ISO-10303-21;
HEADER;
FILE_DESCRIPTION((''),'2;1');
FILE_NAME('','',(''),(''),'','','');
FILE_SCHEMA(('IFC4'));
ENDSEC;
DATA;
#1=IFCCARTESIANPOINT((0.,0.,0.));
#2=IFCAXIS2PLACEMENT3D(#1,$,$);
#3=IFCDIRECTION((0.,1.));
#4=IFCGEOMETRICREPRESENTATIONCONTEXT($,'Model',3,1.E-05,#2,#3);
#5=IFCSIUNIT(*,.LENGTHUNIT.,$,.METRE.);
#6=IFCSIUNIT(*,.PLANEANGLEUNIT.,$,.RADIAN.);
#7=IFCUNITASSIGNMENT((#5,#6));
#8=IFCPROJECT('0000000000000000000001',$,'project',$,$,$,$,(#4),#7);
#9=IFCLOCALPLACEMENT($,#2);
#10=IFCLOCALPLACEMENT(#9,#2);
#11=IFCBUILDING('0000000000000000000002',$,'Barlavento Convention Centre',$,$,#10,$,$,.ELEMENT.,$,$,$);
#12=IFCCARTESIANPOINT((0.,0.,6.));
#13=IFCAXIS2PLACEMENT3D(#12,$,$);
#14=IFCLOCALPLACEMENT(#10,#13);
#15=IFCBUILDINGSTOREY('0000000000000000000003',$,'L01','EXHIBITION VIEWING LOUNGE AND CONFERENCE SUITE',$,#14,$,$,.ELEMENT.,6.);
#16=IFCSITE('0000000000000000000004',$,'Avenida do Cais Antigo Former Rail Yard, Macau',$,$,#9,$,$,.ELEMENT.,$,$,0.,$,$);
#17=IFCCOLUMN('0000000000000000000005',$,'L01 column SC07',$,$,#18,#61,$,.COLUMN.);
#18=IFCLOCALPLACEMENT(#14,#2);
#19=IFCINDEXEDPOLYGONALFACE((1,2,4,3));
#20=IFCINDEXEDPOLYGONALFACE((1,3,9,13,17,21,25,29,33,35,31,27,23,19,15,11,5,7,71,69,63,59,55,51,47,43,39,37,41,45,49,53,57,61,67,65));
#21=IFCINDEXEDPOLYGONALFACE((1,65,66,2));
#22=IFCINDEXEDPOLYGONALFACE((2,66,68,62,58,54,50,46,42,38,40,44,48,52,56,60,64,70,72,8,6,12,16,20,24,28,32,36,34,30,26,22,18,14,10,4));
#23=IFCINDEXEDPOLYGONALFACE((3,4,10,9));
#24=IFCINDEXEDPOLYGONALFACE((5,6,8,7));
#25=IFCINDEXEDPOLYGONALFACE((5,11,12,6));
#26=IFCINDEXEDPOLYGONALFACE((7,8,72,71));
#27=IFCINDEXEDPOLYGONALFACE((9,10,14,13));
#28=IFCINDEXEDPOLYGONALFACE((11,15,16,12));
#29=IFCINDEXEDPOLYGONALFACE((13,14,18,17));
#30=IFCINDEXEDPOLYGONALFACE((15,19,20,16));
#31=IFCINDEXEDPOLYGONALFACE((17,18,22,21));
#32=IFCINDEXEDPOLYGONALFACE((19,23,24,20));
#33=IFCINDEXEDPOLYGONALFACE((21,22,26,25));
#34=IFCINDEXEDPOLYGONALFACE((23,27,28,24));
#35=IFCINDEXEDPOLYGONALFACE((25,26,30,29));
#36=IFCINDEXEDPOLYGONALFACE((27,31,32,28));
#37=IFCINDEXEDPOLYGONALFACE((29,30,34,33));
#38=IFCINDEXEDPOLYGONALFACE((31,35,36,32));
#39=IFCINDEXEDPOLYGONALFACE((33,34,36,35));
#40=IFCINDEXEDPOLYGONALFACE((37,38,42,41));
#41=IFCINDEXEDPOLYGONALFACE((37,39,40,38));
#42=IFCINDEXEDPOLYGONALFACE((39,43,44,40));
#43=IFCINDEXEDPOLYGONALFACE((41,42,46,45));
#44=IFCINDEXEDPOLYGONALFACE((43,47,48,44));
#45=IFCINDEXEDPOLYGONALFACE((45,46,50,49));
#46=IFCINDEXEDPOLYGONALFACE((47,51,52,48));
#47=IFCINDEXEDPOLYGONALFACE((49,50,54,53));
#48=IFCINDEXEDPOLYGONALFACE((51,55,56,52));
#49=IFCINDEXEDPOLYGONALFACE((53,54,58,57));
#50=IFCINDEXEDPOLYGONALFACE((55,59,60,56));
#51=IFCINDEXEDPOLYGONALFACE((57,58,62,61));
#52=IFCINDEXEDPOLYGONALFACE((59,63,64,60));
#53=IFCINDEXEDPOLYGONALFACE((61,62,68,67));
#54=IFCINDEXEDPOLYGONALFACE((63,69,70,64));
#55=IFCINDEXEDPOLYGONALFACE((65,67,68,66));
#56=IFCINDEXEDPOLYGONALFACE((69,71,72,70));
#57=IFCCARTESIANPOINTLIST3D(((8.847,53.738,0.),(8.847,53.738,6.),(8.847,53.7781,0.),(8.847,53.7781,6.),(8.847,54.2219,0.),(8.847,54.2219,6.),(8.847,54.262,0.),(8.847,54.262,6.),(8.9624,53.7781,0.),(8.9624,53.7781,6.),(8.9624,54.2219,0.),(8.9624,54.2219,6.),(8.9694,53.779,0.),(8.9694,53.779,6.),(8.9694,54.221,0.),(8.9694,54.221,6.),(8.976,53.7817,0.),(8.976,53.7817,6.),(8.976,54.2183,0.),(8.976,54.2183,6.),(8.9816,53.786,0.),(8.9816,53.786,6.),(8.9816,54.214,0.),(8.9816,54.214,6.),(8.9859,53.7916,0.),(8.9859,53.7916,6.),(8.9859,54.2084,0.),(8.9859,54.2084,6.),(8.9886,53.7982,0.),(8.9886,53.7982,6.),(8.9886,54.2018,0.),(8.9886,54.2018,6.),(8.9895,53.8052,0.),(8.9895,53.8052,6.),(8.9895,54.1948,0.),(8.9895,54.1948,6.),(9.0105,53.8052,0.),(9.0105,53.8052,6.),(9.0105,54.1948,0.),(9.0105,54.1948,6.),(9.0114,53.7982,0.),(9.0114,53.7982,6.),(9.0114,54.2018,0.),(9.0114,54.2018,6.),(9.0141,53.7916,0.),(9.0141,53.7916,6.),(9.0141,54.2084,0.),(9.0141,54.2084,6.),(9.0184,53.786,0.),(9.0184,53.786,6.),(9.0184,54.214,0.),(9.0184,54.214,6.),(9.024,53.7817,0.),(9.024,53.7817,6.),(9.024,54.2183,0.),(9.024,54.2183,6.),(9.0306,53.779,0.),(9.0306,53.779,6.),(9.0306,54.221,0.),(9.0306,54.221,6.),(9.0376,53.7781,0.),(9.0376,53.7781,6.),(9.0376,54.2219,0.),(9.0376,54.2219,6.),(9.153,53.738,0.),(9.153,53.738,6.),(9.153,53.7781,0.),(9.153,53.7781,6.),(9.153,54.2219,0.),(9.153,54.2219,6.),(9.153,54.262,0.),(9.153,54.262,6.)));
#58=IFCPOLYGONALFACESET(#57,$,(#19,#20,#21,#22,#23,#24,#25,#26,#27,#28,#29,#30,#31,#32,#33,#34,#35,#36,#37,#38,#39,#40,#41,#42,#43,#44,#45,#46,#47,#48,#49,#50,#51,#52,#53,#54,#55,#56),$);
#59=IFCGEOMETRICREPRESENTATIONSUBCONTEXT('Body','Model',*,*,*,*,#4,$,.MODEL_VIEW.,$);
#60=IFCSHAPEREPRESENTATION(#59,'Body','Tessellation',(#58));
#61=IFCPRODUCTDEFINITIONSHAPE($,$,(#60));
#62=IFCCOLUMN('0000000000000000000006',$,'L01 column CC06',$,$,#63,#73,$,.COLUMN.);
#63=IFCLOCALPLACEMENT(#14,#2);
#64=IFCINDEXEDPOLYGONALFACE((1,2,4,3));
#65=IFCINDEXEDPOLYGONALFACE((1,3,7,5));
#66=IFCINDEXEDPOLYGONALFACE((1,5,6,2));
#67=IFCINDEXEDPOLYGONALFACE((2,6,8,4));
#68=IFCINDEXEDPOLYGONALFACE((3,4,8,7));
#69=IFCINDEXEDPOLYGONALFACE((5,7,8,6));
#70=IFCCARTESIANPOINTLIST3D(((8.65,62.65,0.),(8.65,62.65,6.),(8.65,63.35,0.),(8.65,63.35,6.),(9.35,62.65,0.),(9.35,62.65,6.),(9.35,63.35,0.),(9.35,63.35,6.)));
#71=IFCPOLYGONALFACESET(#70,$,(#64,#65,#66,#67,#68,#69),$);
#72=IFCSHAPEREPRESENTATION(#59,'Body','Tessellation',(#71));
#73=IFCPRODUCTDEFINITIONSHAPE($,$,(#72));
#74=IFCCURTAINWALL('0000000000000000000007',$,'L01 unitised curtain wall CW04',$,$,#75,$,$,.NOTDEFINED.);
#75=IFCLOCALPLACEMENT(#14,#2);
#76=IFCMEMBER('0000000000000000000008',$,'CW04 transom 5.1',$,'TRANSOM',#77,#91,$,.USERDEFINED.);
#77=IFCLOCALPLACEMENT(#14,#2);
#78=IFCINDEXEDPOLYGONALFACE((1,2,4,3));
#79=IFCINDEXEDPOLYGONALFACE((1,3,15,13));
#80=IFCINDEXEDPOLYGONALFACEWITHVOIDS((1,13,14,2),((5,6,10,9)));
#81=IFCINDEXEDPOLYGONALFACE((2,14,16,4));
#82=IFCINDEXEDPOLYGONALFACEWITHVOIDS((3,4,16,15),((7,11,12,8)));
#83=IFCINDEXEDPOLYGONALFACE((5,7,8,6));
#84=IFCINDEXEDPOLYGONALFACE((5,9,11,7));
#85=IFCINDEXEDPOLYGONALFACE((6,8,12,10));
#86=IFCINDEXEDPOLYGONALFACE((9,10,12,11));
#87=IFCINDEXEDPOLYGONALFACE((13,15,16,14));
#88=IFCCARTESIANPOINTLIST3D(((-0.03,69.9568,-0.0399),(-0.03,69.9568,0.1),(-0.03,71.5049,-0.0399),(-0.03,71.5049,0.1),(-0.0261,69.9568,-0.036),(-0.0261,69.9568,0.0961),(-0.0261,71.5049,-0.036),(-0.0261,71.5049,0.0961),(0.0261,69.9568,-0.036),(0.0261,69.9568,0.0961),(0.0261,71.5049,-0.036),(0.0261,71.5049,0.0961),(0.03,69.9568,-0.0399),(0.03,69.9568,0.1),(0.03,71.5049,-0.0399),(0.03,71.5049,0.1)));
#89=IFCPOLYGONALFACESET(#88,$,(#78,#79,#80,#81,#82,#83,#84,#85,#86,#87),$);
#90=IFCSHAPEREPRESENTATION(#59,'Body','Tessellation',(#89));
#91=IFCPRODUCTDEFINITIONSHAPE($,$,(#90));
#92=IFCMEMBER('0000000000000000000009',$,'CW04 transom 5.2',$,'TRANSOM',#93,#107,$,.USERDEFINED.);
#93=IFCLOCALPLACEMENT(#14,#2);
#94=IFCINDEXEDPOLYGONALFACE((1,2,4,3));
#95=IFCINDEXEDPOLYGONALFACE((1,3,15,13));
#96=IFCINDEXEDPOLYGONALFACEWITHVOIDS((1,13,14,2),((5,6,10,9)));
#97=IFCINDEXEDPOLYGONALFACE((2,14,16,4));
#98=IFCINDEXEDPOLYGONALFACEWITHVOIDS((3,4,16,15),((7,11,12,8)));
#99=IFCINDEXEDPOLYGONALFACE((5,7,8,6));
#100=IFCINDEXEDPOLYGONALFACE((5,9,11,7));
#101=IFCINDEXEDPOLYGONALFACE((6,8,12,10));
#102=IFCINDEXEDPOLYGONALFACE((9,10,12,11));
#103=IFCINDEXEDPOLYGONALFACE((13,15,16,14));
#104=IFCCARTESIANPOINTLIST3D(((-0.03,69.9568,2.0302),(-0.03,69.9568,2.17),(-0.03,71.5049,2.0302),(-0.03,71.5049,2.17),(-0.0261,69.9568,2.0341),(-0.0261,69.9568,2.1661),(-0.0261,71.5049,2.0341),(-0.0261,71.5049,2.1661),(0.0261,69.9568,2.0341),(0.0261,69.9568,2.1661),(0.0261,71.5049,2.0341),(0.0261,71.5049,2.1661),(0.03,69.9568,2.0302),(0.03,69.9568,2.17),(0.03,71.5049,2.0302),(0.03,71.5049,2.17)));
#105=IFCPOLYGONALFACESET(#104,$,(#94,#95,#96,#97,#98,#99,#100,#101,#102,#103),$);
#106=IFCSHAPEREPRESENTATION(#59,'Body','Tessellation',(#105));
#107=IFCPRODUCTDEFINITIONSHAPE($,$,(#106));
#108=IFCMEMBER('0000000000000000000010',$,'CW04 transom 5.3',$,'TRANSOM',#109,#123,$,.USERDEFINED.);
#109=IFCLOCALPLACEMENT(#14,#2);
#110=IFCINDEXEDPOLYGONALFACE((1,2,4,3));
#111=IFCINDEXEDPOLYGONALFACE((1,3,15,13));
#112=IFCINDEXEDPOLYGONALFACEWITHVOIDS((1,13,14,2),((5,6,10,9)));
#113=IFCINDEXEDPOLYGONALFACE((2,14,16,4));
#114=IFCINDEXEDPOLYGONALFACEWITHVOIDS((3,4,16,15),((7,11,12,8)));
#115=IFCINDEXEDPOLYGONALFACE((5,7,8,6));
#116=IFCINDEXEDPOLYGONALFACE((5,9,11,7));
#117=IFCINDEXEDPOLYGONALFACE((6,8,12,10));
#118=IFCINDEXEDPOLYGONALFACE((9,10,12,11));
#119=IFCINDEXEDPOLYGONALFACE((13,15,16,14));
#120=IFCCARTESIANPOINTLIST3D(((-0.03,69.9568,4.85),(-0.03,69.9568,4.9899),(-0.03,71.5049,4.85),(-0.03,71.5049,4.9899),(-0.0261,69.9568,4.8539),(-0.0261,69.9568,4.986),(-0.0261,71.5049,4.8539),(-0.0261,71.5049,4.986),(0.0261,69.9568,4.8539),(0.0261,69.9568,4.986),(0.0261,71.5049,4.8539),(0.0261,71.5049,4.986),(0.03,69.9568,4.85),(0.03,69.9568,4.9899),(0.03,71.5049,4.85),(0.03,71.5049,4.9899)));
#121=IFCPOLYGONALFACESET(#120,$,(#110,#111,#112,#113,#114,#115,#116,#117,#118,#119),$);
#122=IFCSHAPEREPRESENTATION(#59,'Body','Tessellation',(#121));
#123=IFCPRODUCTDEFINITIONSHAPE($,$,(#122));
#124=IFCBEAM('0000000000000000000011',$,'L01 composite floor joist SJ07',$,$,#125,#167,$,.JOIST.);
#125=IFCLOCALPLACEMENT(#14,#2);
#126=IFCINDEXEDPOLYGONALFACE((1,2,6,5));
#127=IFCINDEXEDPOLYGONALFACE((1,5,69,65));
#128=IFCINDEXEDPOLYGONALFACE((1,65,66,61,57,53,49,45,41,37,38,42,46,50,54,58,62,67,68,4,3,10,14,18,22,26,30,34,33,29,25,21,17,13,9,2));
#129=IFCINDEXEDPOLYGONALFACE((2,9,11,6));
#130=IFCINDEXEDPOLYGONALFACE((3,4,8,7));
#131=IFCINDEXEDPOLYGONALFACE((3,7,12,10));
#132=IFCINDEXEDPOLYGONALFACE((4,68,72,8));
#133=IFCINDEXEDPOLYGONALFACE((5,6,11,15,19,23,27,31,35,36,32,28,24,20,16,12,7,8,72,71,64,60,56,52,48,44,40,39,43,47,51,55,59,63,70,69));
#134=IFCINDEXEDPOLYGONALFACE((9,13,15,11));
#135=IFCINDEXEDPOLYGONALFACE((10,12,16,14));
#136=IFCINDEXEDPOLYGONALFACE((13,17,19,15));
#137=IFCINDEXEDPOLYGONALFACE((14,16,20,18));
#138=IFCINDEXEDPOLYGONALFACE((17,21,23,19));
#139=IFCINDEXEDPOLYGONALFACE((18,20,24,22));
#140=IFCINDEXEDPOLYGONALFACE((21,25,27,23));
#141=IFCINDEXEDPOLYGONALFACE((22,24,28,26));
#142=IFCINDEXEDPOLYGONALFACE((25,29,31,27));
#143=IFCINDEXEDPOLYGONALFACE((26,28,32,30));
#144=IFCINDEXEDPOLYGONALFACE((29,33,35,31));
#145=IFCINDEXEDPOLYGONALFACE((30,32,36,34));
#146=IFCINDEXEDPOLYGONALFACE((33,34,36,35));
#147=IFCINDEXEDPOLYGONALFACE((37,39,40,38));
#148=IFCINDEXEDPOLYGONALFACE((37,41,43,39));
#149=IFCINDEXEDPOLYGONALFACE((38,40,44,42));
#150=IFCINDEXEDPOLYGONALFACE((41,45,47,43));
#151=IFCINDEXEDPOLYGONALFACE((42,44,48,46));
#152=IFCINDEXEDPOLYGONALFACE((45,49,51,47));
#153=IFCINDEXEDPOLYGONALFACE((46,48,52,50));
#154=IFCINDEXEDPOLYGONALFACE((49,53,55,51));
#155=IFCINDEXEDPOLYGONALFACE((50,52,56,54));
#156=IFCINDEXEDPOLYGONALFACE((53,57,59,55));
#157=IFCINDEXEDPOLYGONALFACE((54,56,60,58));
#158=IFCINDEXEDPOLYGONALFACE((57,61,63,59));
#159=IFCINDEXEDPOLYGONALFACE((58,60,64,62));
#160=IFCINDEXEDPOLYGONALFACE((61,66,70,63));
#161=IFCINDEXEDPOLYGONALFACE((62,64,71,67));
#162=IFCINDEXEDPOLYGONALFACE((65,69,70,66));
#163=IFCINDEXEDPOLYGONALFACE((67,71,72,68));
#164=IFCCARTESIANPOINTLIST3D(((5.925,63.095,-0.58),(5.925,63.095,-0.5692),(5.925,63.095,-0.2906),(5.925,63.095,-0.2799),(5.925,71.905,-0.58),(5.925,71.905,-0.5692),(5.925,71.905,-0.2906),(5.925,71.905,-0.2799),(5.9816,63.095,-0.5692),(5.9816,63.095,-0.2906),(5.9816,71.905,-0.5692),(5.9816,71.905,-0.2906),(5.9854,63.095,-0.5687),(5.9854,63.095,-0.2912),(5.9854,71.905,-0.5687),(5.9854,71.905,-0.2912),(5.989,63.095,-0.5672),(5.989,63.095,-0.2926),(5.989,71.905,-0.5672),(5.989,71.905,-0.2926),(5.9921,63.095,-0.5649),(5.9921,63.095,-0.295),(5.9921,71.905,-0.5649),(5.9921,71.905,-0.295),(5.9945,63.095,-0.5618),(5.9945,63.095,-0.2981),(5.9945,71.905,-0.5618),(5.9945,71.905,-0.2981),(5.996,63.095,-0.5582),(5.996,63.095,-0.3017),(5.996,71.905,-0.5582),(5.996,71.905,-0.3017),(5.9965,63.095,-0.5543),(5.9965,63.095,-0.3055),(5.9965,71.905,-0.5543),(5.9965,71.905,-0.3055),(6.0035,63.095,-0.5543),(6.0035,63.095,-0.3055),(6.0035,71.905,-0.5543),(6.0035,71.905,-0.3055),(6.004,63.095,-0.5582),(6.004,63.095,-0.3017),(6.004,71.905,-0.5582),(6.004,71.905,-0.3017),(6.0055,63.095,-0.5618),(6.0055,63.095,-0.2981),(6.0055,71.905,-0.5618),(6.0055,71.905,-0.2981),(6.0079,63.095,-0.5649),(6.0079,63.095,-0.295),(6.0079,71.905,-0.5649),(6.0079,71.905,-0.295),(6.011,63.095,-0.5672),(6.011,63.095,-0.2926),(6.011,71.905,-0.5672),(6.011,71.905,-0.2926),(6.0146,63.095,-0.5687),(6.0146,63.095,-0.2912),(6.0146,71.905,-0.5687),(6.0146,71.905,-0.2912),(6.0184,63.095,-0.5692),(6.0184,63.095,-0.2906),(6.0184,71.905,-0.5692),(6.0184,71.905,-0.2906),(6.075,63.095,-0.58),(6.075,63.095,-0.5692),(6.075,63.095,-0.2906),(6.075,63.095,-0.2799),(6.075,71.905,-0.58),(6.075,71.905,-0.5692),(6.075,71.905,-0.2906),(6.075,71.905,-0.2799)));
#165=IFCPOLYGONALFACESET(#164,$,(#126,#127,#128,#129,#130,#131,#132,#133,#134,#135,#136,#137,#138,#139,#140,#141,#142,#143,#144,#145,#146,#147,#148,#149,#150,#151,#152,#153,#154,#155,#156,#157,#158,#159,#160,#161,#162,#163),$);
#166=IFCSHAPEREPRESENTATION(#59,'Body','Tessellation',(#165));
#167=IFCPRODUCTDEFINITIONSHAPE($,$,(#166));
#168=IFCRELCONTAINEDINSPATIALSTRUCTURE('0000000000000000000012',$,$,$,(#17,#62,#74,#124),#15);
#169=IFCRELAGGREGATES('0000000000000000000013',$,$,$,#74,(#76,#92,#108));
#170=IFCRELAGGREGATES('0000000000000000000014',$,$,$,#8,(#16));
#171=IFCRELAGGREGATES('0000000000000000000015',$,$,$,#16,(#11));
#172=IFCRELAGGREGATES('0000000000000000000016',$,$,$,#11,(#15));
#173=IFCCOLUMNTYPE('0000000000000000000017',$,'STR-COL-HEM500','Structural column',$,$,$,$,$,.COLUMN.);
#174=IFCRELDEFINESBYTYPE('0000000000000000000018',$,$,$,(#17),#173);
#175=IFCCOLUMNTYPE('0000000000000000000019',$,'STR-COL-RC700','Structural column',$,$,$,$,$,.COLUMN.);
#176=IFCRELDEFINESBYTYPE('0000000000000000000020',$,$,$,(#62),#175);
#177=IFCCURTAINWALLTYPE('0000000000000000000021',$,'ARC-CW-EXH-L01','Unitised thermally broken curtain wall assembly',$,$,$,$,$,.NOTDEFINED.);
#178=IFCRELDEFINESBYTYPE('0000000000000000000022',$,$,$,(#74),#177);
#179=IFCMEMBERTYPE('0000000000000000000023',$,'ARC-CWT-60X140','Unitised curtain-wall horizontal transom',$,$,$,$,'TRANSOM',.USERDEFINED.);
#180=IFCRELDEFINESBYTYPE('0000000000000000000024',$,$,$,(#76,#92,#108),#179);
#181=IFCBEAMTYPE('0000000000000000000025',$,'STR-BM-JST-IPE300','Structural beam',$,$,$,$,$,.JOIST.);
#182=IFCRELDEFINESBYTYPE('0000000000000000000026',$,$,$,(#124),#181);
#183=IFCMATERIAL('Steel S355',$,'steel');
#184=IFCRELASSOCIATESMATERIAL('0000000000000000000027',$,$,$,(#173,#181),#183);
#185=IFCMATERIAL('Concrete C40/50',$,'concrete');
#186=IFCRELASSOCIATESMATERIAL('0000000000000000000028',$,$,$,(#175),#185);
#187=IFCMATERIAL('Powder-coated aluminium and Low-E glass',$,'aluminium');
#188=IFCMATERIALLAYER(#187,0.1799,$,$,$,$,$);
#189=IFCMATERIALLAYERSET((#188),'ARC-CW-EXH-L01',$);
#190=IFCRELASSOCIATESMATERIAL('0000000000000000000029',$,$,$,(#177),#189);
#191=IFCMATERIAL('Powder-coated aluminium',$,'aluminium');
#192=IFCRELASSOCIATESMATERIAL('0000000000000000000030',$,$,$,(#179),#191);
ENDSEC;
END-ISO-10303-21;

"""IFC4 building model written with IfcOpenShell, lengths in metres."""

from ifc_helpers import new_model, si_unit, direction, frame, origin, origin_2d, place, context, subcontext, project, spatial, rectangle, hollow_rectangle, i_section, extrude, material, layer, layer_set, material_profile, profile_set, type_object, element, aggregate, save


model = new_model("IFC4")

# Units and contexts
model_context = context("Model", 3, precision=1e-05, world=origin(), true_north=direction((0.0, 1.0)))
body_context = subcontext(model_context, "Body", "Model", "MODEL_VIEW")
ifc_project = project(units=[si_unit("LENGTHUNIT", "METRE"), si_unit("PLANEANGLEUNIT", "RADIAN")], contexts=[model_context])

# Site, building, storey
site_placement = place(None, origin())
site = spatial("IfcSite", under=ifc_project, at=site_placement, Name="Avenida do Cais Antigo Former Rail Yard, Macau", CompositionType="ELEMENT", RefElevation=0.0)
building_placement = place(site_placement, origin())
building = spatial("IfcBuilding", under=site, at=building_placement, Name="Barlavento Convention Centre", CompositionType="ELEMENT")
storey_placement = place(building_placement, frame((0.0, 0.0, 6.0)))
storey = spatial("IfcBuildingStorey", under=building, at=storey_placement, Name="L01", Description="EXHIBITION VIEWING LOUNGE AND CONFERENCE SUITE", CompositionType="ELEMENT", Elevation=6.0)

# Columns
ifc_material_1 = material(Name="Steel S355", Category="steel")
ifc_material_profile_1 = material_profile(ifc_material_1, i_section(OverallWidth=0.3059, OverallDepth=0.5239, WebThickness=0.021, FlangeThickness=0.04, FilletRadius=0.0271, at=origin_2d()), Name="HEM 500")
ifc_profile_set_1 = profile_set([ifc_material_profile_1], Name="Steel S355")
column_type_1 = type_object("IfcColumnType", Name="STR-COL-HEM500", Description="Structural column", PredefinedType="COLUMN", material=ifc_profile_set_1)
column_1_placement = place(storey_placement, frame((9.0, 54.0, 0.0), z_axis=(0.0, 0.0, 1.0), x_axis=(1.0, 0.0, 0.0)))
element("IfcColumn", 1, at=column_1_placement, inside=storey, type_object=column_type_1, Name="L01 column SC07", PredefinedType="COLUMN", context=body_context, shape_type="SweptSolid", body=[
    extrude(i_section(OverallWidth=0.3059, OverallDepth=0.5239, WebThickness=0.021, FlangeThickness=0.04, FilletRadius=0.0271, at=origin_2d()), origin(), (0.0, 0.0, 1.0), 6.0),
])
ifc_material_2 = material(Name="Concrete C40/50", Category="concrete")
ifc_material_profile_2 = material_profile(ifc_material_2, rectangle(XDim=0.7, YDim=0.7, at=origin_2d()), Name="RC 700x700")
ifc_profile_set_2 = profile_set([ifc_material_profile_2], Name="Concrete C40/50")
column_type_2 = type_object("IfcColumnType", Name="STR-COL-RC700", Description="Structural column", PredefinedType="COLUMN", material=ifc_profile_set_2)
column_2_placement = place(storey_placement, frame((9.0, 63.0, 0.0), z_axis=(0.0, 0.0, 1.0), x_axis=(1.0, 0.0, 0.0)))
element("IfcColumn", 2, at=column_2_placement, inside=storey, type_object=column_type_2, Name="L01 column CC06", PredefinedType="COLUMN", context=body_context, shape_type="SweptSolid", body=[
    extrude(rectangle(XDim=0.7, YDim=0.7, at=origin_2d()), origin(), (0.0, 0.0, 1.0), 6.0),
])

# Curtain wall, members
ifc_material_3 = material(Name="Powder-coated aluminium and Low-E glass", Category="aluminium")
ifc_layer_1 = layer(ifc_material_3, 0.1799)
ifc_layer_set_1 = layer_set([ifc_layer_1], Name="ARC-CW-EXH-L01")
curtain_wall_type = type_object("IfcCurtainWallType", Name="ARC-CW-EXH-L01", Description="Unitised thermally broken curtain wall assembly", PredefinedType="NOTDEFINED", material=ifc_layer_set_1)
curtain_wall_placement = place(storey_placement, origin())
curtain_wall = element("IfcCurtainWall", 3, at=curtain_wall_placement, inside=storey, type_object=curtain_wall_type, Name="L01 unitised curtain wall CW04", PredefinedType="NOTDEFINED")
ifc_material_4 = material(Name="Powder-coated aluminium", Category="aluminium")
ifc_material_profile_3 = material_profile(ifc_material_4, hollow_rectangle(XDim=0.0601, YDim=0.1399, WallThickness=0.0039, at=origin_2d()), Name="AL-TRAN 60x140x4")
ifc_profile_set_3 = profile_set([ifc_material_profile_3], Name="Powder-coated aluminium")
member_type = type_object("IfcMemberType", Name="ARC-CWT-60X140", Description="Unitised curtain-wall horizontal transom", ElementType="TRANSOM", PredefinedType="USERDEFINED", material=ifc_profile_set_3)
member_1_placement = place(storey_placement, frame((0.0, 69.9568, 0.03), z_axis=(0.0, 1.0, 0.0), x_axis=(-1.0, 0.0, 0.0)))
member_1 = element("IfcMember", 4, at=member_1_placement, type_object=member_type, Name="CW04 transom 5.1", ObjectType="TRANSOM", PredefinedType="USERDEFINED", context=body_context, shape_type="SweptSolid", body=[
    extrude(hollow_rectangle(XDim=0.0601, YDim=0.1399, WallThickness=0.0039, at=origin_2d()), origin(), (0.0, 0.0, 1.0), 1.5481),
])
member_2_placement = place(storey_placement, frame((0.0, 69.9568, 2.1001), z_axis=(0.0, 1.0, 0.0), x_axis=(-1.0, 0.0, 0.0)))
member_2 = element("IfcMember", 5, at=member_2_placement, type_object=member_type, Name="CW04 transom 5.2", ObjectType="TRANSOM", PredefinedType="USERDEFINED", context=body_context, shape_type="SweptSolid", body=[
    extrude(hollow_rectangle(XDim=0.0601, YDim=0.1399, WallThickness=0.0039, at=origin_2d()), origin(), (0.0, 0.0, 1.0), 1.5481),
])
member_3_placement = place(storey_placement, frame((0.0, 69.9568, 4.9199), z_axis=(0.0, 1.0, 0.0), x_axis=(-1.0, 0.0, 0.0)))
member_3 = element("IfcMember", 6, at=member_3_placement, type_object=member_type, Name="CW04 transom 5.3", ObjectType="TRANSOM", PredefinedType="USERDEFINED", context=body_context, shape_type="SweptSolid", body=[
    extrude(hollow_rectangle(XDim=0.0601, YDim=0.1399, WallThickness=0.0039, at=origin_2d()), origin(), (0.0, 0.0, 1.0), 1.5481),
])

# Beam
ifc_material_profile_4 = material_profile(ifc_material_1, i_section(OverallWidth=0.1499, OverallDepth=0.3, WebThickness=0.0071, FlangeThickness=0.0107, FilletRadius=0.0149, at=origin_2d()), Name="IPE 300")
ifc_profile_set_4 = profile_set([ifc_material_profile_4], Name="Steel S355")
beam_type_1 = type_object("IfcBeamType", Name="STR-BM-JST-IPE300", Description="Structural beam", PredefinedType="JOIST", material=ifc_profile_set_4)
beam_1_placement = place(storey_placement, frame((6.0, 63.095, -0.4299), z_axis=(0.0, 1.0, 0.0), x_axis=(-1.0, 0.0, 0.0)))
element("IfcBeam", 7, at=beam_1_placement, inside=storey, type_object=beam_type_1, Name="L01 composite floor joist SJ07", PredefinedType="JOIST", context=body_context, shape_type="SweptSolid", body=[
    extrude(i_section(OverallWidth=0.1499, OverallDepth=0.3, WebThickness=0.0071, FlangeThickness=0.0107, FilletRadius=0.0149, at=origin_2d()), origin(), (0.0, 0.0, 1.0), 8.8101),
])

aggregate(curtain_wall, [member_1, member_2, member_3])

save(model, "model.ifc")
